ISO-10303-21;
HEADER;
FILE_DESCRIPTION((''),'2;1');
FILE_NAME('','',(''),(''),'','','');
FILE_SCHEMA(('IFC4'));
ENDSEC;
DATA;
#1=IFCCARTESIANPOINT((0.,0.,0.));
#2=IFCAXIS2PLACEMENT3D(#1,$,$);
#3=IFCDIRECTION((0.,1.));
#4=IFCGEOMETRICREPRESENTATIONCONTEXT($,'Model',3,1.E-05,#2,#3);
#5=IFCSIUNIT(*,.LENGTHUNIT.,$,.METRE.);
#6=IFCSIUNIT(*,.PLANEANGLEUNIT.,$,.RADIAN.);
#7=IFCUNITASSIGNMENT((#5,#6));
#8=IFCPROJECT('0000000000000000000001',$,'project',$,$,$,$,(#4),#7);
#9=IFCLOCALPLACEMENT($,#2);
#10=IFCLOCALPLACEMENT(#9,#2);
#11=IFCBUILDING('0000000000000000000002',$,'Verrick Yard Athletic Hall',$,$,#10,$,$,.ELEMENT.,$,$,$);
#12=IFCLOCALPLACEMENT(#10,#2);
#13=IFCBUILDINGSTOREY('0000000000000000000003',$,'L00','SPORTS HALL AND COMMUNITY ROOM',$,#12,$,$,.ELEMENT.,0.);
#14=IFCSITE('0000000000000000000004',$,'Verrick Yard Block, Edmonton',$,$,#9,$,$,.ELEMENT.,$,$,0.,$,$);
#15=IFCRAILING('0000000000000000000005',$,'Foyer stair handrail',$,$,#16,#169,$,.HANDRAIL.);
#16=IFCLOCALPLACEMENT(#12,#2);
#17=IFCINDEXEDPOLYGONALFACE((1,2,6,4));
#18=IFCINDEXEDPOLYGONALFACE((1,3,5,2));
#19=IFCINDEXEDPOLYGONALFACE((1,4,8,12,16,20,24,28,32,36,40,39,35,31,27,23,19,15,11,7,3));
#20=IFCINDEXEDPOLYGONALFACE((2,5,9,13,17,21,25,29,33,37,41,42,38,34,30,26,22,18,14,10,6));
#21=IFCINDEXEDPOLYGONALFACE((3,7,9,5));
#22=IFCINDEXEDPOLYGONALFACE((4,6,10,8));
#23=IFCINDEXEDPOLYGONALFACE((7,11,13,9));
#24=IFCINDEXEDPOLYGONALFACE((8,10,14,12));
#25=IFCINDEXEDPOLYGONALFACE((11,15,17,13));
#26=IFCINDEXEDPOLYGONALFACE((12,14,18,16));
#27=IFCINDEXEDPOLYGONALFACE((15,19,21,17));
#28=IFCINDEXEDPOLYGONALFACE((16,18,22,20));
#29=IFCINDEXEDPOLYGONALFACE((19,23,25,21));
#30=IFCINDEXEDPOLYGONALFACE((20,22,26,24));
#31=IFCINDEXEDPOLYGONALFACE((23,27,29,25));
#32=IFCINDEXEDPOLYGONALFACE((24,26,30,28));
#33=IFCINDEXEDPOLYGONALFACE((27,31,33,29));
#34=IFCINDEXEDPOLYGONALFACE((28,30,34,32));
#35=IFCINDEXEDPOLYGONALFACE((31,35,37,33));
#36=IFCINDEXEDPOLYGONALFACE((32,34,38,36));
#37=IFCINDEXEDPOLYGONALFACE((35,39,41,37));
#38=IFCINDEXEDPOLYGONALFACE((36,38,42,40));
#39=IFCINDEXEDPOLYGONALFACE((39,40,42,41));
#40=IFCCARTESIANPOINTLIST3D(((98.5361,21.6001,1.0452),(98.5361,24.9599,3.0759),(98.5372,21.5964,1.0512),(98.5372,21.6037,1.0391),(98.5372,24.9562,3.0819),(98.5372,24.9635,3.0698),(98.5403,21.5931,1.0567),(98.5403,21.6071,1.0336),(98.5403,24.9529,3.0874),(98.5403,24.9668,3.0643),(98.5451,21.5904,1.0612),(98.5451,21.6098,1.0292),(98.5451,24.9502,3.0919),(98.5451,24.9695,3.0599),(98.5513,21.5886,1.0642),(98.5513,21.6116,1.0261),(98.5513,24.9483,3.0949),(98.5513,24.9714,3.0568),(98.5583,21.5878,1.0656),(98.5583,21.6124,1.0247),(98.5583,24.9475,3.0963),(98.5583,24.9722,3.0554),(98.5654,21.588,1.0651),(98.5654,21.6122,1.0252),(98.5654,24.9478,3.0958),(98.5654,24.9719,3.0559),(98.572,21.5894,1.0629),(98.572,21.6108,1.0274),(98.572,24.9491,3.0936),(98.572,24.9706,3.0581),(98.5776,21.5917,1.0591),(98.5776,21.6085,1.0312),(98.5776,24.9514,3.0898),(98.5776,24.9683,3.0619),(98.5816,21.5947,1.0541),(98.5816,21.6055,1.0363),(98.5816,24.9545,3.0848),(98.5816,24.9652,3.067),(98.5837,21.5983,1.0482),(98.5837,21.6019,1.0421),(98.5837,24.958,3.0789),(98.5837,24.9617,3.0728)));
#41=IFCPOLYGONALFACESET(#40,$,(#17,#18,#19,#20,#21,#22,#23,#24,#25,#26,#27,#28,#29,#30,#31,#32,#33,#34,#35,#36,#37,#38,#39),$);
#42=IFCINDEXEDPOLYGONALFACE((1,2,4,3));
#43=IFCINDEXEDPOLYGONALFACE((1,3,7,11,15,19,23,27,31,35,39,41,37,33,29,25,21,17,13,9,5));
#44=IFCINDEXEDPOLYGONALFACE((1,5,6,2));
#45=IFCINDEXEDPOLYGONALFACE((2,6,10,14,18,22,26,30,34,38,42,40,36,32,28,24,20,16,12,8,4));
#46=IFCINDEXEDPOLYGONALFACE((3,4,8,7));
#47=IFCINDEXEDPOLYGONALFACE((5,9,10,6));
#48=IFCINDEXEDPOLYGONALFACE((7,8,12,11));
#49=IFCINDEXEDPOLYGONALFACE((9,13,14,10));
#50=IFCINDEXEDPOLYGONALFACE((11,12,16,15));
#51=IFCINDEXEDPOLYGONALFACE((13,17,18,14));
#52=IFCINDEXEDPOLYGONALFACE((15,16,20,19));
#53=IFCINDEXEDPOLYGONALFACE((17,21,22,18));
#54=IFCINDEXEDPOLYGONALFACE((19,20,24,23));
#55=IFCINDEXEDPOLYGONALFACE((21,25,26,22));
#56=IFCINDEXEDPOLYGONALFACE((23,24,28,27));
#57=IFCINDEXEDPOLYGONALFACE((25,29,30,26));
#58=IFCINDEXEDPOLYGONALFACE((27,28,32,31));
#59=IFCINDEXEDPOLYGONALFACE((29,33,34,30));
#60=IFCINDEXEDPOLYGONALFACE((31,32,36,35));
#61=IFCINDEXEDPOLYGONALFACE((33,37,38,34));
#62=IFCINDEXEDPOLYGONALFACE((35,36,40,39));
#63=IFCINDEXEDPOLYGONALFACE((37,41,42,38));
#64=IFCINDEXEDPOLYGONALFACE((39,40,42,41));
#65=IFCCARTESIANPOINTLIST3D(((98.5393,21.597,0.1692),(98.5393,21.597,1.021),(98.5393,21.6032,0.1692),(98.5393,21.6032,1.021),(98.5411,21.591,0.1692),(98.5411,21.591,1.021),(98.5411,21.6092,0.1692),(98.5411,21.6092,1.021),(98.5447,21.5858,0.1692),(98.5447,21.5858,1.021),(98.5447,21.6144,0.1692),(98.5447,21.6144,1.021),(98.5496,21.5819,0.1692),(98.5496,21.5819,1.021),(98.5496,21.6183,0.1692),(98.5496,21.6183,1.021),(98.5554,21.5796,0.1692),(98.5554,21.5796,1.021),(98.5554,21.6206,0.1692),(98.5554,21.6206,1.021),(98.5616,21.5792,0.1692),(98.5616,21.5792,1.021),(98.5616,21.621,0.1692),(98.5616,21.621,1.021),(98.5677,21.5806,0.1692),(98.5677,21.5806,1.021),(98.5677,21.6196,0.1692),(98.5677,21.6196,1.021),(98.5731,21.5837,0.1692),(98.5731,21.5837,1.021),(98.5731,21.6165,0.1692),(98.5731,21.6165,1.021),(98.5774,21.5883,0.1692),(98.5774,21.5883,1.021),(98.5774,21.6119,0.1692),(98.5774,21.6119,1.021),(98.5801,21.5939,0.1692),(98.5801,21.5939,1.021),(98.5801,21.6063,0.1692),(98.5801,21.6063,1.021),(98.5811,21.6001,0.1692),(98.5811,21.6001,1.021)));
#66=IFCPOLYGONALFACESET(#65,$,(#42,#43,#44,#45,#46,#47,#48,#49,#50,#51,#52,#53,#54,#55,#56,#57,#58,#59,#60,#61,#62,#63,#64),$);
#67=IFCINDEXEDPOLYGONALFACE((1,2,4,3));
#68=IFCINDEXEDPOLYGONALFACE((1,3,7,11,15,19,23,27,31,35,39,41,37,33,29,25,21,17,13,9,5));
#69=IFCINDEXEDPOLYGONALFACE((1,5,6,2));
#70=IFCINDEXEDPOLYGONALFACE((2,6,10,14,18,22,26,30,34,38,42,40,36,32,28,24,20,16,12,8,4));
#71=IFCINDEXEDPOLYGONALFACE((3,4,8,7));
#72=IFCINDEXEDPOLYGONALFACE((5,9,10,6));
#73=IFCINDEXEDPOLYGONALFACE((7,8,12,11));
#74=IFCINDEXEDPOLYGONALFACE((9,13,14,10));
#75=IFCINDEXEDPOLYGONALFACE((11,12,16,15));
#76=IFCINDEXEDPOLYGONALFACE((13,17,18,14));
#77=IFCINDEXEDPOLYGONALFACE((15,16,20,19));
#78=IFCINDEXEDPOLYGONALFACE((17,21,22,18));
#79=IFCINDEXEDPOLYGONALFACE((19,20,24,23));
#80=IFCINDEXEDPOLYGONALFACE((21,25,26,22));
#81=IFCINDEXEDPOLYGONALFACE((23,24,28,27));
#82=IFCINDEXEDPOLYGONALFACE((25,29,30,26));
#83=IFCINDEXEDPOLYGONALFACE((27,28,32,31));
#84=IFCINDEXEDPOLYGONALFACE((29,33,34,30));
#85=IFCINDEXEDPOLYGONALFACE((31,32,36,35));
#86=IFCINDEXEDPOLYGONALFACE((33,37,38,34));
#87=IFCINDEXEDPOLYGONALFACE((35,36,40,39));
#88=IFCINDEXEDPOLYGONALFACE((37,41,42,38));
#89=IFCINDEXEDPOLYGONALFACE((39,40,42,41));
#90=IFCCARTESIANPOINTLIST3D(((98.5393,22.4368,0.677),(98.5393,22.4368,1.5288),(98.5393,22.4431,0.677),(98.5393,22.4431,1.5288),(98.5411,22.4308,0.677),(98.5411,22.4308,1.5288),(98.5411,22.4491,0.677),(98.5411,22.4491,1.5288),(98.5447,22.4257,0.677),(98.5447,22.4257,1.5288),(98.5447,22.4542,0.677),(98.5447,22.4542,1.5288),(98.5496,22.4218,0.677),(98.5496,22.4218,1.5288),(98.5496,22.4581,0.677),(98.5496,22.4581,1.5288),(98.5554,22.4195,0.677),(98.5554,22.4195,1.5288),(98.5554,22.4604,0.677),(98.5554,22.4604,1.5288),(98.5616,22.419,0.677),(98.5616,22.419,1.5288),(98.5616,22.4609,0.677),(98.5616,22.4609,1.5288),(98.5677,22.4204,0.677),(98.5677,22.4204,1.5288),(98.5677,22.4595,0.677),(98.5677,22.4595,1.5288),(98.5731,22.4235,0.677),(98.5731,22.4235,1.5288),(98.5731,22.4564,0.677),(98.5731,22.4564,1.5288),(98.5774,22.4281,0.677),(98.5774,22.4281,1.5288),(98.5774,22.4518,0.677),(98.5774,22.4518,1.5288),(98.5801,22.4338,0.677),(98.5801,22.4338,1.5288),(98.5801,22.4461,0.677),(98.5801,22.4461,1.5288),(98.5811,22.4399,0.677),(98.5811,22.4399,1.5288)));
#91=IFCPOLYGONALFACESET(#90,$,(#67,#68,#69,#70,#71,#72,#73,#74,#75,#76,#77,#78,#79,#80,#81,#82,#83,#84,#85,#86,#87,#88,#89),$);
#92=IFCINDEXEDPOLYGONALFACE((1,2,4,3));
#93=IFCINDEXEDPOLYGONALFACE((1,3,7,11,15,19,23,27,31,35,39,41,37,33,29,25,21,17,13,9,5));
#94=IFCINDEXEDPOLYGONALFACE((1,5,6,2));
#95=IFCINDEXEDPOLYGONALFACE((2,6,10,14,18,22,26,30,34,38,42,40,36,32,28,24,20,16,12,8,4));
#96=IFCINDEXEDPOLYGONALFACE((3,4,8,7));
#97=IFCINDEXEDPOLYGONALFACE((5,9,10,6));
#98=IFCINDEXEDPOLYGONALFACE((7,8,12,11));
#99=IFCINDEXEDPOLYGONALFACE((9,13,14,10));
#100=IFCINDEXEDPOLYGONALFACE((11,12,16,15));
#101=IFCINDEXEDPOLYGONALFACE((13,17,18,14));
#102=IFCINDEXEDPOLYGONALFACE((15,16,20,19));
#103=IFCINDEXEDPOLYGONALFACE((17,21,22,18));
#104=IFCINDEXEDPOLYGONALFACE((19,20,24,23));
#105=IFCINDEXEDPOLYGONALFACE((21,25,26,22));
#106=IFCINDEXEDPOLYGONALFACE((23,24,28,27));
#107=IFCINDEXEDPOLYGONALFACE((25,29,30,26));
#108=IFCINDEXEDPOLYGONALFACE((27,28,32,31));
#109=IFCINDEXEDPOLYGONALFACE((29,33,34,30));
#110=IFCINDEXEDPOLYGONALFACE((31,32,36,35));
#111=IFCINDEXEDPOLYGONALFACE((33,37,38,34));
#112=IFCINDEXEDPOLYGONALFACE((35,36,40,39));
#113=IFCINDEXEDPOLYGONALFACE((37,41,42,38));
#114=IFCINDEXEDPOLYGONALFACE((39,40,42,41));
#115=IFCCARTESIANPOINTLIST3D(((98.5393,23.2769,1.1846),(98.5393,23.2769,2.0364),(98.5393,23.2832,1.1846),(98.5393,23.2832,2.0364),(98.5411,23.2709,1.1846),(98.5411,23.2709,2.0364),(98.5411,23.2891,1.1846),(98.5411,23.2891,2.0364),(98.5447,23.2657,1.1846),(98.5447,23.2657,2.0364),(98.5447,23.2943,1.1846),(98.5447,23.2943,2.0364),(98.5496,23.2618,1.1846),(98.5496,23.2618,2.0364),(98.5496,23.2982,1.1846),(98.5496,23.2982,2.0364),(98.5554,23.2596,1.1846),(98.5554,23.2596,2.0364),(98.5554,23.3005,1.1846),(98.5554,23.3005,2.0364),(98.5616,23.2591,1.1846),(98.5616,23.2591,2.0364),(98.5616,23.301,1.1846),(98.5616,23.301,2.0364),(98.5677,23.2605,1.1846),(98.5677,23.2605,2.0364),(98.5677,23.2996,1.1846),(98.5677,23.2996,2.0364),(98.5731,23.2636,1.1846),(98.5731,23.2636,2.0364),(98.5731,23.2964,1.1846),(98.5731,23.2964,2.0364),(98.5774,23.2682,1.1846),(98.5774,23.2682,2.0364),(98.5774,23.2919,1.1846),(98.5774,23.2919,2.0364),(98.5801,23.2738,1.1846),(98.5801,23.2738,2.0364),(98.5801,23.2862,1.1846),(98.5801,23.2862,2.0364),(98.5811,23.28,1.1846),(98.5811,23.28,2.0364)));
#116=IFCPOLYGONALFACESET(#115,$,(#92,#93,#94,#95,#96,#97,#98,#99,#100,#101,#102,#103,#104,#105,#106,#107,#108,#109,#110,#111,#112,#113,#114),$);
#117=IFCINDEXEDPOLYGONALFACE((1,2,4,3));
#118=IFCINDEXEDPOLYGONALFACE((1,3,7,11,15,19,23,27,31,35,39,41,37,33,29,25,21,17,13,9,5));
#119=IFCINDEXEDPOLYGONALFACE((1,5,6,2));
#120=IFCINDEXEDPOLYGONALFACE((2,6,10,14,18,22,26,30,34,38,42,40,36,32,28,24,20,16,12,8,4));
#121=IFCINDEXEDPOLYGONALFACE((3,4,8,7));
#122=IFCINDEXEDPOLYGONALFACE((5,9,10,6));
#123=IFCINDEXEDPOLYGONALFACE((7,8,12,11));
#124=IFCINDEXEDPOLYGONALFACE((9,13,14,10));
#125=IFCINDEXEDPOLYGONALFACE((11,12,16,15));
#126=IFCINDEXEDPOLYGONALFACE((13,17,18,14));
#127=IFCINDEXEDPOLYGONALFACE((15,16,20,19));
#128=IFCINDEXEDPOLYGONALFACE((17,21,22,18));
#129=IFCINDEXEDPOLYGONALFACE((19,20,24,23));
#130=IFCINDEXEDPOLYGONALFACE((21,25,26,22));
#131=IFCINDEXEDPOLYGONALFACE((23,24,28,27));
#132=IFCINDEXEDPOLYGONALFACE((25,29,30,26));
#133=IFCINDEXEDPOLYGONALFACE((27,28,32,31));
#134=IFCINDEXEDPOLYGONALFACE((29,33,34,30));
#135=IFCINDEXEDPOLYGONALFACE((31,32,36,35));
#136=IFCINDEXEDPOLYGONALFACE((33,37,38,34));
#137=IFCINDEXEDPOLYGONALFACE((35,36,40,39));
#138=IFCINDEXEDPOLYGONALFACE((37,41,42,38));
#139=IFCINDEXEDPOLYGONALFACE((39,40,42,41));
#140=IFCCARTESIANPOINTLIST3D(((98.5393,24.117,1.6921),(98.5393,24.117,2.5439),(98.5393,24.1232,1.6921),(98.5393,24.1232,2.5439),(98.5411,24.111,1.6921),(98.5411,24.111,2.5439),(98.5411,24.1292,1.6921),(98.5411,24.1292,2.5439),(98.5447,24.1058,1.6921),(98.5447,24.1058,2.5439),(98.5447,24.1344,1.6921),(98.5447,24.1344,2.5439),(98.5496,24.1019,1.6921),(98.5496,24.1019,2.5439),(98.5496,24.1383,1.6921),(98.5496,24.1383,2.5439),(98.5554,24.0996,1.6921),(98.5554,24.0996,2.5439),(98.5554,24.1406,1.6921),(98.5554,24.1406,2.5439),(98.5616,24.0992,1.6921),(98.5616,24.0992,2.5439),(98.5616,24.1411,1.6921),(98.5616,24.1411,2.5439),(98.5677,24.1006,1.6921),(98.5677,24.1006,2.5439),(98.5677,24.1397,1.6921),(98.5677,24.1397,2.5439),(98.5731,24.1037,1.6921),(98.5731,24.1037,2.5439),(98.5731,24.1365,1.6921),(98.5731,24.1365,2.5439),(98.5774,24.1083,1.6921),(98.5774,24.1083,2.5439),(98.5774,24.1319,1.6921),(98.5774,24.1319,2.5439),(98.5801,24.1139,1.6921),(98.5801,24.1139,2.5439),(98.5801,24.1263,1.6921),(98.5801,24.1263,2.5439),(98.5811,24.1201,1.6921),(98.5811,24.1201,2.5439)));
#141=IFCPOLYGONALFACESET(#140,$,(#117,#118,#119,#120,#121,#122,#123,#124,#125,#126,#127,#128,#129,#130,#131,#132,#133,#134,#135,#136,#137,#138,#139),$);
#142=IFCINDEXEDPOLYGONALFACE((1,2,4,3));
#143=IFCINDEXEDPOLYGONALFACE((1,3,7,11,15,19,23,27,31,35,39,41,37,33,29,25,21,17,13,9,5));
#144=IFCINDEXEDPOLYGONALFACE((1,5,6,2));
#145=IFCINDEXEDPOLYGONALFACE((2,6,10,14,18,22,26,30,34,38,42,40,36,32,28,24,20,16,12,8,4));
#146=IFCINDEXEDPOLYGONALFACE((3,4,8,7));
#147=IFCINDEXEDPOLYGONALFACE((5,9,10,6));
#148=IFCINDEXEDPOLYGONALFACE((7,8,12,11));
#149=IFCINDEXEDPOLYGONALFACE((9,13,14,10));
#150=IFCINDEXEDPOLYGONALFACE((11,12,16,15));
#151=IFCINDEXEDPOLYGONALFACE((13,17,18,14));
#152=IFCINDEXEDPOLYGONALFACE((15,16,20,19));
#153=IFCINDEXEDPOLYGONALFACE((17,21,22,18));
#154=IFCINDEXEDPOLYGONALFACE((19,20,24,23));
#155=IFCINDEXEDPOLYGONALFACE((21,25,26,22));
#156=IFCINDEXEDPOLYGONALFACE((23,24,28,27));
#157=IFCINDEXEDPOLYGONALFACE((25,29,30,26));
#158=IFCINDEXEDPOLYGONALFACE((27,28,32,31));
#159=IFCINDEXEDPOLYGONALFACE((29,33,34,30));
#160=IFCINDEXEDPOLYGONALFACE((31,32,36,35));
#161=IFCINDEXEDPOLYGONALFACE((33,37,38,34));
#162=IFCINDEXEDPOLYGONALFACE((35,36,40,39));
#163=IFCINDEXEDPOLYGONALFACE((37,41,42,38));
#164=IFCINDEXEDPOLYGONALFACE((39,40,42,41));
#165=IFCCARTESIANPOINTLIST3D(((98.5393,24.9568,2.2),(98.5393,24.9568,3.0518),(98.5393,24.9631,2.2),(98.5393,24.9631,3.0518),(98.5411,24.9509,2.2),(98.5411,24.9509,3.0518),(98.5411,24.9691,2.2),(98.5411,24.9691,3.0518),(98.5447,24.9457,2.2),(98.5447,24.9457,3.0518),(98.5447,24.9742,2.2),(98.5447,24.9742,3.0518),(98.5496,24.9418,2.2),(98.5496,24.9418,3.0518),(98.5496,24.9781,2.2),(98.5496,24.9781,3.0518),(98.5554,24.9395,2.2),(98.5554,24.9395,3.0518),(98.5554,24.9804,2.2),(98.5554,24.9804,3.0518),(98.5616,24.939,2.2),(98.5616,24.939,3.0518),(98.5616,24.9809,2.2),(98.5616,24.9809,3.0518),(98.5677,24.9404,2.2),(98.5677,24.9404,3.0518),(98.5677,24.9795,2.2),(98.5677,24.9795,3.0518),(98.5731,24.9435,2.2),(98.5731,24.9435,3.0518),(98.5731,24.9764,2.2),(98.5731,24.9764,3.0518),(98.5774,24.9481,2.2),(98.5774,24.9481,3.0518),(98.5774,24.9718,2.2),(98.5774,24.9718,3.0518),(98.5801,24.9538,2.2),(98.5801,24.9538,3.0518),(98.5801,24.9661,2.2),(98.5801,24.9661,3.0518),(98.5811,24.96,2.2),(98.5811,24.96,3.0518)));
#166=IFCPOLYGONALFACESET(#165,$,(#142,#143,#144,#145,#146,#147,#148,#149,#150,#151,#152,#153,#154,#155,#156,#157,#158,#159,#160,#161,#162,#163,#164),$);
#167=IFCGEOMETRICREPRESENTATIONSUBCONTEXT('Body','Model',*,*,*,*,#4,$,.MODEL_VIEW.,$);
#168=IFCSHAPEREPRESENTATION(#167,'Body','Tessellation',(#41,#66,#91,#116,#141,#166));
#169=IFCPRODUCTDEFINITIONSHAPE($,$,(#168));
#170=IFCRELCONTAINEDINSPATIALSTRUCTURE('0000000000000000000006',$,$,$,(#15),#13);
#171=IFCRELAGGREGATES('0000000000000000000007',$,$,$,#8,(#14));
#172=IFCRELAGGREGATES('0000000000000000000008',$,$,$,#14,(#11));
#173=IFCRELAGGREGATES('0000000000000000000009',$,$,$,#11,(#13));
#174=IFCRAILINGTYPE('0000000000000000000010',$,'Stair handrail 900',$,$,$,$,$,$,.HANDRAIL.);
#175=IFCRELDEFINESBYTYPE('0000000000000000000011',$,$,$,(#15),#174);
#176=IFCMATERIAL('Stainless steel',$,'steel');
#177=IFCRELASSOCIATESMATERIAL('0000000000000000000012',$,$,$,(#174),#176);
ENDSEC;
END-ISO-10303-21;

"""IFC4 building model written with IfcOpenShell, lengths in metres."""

from ifc_helpers import new_model, si_unit, direction, frame, origin, origin_2d, place, context, subcontext, project, spatial, circle, extrude, material, type_object, element, save


model = new_model("IFC4")

# Units and contexts
model_context = context("Model", 3, precision=1e-05, world=origin(), true_north=direction((0.0, 1.0)))
body_context = subcontext(model_context, "Body", "Model", "MODEL_VIEW")
ifc_project = project(units=[si_unit("LENGTHUNIT", "METRE"), si_unit("PLANEANGLEUNIT", "RADIAN")], contexts=[model_context])

# Site, building, storey
site_placement = place(None, origin())
site = spatial("IfcSite", under=ifc_project, at=site_placement, Name="Verrick Yard Block, Edmonton", CompositionType="ELEMENT", RefElevation=0.0)
building_placement = place(site_placement, origin())
building = spatial("IfcBuilding", under=site, at=building_placement, Name="Verrick Yard Athletic Hall", CompositionType="ELEMENT")
storey_placement = place(building_placement, origin())
storey = spatial("IfcBuildingStorey", under=building, at=storey_placement, Name="L00", Description="SPORTS HALL AND COMMUNITY ROOM", CompositionType="ELEMENT", Elevation=0.0)

# Railing
ifc_material_1 = material(Name="Stainless steel", Category="steel")
railing_type_1 = type_object("IfcRailingType", Name="Stair handrail 900", PredefinedType="HANDRAIL", material=ifc_material_1)
for number, where, name in (
    (1, (98.5601, 21.6001, 0.1692), "Foyer stair handrail"),
):
    element("IfcRailing", number, at=place(storey_placement, frame(where)), inside=storey, type_object=railing_type_1, Name=name, PredefinedType="HANDRAIL", context=body_context, shape_type="SweptSolid", body=[
        extrude(circle(Radius=0.0239, at=origin_2d()), frame((0.0, 0.0, 0.876), z_axis=(0.0, 0.85582, 0.517273), x_axis=(-1.0, 0.0, 0.0)), (0.0, 0.0, 1.0), 3.9258),
        extrude(circle(Radius=0.021, at=origin_2d()), origin(), (0.0, 0.0, 1.0), 0.8518),
        extrude(circle(Radius=0.021, at=origin_2d()), frame((0.0, 0.8398, 0.5078)), (0.0, 0.0, 1.0), 0.8518),
        extrude(circle(Radius=0.021, at=origin_2d()), frame((0.0, 1.6799, 1.0154)), (0.0, 0.0, 1.0), 0.8518),
        extrude(circle(Radius=0.021, at=origin_2d()), frame((0.0, 2.52, 1.5229)), (0.0, 0.0, 1.0), 0.8518),
        extrude(circle(Radius=0.021, at=origin_2d()), frame((0.0, 3.3599, 2.0308)), (0.0, 0.0, 1.0), 0.8518),
    ])

save(model, "model.ifc")
